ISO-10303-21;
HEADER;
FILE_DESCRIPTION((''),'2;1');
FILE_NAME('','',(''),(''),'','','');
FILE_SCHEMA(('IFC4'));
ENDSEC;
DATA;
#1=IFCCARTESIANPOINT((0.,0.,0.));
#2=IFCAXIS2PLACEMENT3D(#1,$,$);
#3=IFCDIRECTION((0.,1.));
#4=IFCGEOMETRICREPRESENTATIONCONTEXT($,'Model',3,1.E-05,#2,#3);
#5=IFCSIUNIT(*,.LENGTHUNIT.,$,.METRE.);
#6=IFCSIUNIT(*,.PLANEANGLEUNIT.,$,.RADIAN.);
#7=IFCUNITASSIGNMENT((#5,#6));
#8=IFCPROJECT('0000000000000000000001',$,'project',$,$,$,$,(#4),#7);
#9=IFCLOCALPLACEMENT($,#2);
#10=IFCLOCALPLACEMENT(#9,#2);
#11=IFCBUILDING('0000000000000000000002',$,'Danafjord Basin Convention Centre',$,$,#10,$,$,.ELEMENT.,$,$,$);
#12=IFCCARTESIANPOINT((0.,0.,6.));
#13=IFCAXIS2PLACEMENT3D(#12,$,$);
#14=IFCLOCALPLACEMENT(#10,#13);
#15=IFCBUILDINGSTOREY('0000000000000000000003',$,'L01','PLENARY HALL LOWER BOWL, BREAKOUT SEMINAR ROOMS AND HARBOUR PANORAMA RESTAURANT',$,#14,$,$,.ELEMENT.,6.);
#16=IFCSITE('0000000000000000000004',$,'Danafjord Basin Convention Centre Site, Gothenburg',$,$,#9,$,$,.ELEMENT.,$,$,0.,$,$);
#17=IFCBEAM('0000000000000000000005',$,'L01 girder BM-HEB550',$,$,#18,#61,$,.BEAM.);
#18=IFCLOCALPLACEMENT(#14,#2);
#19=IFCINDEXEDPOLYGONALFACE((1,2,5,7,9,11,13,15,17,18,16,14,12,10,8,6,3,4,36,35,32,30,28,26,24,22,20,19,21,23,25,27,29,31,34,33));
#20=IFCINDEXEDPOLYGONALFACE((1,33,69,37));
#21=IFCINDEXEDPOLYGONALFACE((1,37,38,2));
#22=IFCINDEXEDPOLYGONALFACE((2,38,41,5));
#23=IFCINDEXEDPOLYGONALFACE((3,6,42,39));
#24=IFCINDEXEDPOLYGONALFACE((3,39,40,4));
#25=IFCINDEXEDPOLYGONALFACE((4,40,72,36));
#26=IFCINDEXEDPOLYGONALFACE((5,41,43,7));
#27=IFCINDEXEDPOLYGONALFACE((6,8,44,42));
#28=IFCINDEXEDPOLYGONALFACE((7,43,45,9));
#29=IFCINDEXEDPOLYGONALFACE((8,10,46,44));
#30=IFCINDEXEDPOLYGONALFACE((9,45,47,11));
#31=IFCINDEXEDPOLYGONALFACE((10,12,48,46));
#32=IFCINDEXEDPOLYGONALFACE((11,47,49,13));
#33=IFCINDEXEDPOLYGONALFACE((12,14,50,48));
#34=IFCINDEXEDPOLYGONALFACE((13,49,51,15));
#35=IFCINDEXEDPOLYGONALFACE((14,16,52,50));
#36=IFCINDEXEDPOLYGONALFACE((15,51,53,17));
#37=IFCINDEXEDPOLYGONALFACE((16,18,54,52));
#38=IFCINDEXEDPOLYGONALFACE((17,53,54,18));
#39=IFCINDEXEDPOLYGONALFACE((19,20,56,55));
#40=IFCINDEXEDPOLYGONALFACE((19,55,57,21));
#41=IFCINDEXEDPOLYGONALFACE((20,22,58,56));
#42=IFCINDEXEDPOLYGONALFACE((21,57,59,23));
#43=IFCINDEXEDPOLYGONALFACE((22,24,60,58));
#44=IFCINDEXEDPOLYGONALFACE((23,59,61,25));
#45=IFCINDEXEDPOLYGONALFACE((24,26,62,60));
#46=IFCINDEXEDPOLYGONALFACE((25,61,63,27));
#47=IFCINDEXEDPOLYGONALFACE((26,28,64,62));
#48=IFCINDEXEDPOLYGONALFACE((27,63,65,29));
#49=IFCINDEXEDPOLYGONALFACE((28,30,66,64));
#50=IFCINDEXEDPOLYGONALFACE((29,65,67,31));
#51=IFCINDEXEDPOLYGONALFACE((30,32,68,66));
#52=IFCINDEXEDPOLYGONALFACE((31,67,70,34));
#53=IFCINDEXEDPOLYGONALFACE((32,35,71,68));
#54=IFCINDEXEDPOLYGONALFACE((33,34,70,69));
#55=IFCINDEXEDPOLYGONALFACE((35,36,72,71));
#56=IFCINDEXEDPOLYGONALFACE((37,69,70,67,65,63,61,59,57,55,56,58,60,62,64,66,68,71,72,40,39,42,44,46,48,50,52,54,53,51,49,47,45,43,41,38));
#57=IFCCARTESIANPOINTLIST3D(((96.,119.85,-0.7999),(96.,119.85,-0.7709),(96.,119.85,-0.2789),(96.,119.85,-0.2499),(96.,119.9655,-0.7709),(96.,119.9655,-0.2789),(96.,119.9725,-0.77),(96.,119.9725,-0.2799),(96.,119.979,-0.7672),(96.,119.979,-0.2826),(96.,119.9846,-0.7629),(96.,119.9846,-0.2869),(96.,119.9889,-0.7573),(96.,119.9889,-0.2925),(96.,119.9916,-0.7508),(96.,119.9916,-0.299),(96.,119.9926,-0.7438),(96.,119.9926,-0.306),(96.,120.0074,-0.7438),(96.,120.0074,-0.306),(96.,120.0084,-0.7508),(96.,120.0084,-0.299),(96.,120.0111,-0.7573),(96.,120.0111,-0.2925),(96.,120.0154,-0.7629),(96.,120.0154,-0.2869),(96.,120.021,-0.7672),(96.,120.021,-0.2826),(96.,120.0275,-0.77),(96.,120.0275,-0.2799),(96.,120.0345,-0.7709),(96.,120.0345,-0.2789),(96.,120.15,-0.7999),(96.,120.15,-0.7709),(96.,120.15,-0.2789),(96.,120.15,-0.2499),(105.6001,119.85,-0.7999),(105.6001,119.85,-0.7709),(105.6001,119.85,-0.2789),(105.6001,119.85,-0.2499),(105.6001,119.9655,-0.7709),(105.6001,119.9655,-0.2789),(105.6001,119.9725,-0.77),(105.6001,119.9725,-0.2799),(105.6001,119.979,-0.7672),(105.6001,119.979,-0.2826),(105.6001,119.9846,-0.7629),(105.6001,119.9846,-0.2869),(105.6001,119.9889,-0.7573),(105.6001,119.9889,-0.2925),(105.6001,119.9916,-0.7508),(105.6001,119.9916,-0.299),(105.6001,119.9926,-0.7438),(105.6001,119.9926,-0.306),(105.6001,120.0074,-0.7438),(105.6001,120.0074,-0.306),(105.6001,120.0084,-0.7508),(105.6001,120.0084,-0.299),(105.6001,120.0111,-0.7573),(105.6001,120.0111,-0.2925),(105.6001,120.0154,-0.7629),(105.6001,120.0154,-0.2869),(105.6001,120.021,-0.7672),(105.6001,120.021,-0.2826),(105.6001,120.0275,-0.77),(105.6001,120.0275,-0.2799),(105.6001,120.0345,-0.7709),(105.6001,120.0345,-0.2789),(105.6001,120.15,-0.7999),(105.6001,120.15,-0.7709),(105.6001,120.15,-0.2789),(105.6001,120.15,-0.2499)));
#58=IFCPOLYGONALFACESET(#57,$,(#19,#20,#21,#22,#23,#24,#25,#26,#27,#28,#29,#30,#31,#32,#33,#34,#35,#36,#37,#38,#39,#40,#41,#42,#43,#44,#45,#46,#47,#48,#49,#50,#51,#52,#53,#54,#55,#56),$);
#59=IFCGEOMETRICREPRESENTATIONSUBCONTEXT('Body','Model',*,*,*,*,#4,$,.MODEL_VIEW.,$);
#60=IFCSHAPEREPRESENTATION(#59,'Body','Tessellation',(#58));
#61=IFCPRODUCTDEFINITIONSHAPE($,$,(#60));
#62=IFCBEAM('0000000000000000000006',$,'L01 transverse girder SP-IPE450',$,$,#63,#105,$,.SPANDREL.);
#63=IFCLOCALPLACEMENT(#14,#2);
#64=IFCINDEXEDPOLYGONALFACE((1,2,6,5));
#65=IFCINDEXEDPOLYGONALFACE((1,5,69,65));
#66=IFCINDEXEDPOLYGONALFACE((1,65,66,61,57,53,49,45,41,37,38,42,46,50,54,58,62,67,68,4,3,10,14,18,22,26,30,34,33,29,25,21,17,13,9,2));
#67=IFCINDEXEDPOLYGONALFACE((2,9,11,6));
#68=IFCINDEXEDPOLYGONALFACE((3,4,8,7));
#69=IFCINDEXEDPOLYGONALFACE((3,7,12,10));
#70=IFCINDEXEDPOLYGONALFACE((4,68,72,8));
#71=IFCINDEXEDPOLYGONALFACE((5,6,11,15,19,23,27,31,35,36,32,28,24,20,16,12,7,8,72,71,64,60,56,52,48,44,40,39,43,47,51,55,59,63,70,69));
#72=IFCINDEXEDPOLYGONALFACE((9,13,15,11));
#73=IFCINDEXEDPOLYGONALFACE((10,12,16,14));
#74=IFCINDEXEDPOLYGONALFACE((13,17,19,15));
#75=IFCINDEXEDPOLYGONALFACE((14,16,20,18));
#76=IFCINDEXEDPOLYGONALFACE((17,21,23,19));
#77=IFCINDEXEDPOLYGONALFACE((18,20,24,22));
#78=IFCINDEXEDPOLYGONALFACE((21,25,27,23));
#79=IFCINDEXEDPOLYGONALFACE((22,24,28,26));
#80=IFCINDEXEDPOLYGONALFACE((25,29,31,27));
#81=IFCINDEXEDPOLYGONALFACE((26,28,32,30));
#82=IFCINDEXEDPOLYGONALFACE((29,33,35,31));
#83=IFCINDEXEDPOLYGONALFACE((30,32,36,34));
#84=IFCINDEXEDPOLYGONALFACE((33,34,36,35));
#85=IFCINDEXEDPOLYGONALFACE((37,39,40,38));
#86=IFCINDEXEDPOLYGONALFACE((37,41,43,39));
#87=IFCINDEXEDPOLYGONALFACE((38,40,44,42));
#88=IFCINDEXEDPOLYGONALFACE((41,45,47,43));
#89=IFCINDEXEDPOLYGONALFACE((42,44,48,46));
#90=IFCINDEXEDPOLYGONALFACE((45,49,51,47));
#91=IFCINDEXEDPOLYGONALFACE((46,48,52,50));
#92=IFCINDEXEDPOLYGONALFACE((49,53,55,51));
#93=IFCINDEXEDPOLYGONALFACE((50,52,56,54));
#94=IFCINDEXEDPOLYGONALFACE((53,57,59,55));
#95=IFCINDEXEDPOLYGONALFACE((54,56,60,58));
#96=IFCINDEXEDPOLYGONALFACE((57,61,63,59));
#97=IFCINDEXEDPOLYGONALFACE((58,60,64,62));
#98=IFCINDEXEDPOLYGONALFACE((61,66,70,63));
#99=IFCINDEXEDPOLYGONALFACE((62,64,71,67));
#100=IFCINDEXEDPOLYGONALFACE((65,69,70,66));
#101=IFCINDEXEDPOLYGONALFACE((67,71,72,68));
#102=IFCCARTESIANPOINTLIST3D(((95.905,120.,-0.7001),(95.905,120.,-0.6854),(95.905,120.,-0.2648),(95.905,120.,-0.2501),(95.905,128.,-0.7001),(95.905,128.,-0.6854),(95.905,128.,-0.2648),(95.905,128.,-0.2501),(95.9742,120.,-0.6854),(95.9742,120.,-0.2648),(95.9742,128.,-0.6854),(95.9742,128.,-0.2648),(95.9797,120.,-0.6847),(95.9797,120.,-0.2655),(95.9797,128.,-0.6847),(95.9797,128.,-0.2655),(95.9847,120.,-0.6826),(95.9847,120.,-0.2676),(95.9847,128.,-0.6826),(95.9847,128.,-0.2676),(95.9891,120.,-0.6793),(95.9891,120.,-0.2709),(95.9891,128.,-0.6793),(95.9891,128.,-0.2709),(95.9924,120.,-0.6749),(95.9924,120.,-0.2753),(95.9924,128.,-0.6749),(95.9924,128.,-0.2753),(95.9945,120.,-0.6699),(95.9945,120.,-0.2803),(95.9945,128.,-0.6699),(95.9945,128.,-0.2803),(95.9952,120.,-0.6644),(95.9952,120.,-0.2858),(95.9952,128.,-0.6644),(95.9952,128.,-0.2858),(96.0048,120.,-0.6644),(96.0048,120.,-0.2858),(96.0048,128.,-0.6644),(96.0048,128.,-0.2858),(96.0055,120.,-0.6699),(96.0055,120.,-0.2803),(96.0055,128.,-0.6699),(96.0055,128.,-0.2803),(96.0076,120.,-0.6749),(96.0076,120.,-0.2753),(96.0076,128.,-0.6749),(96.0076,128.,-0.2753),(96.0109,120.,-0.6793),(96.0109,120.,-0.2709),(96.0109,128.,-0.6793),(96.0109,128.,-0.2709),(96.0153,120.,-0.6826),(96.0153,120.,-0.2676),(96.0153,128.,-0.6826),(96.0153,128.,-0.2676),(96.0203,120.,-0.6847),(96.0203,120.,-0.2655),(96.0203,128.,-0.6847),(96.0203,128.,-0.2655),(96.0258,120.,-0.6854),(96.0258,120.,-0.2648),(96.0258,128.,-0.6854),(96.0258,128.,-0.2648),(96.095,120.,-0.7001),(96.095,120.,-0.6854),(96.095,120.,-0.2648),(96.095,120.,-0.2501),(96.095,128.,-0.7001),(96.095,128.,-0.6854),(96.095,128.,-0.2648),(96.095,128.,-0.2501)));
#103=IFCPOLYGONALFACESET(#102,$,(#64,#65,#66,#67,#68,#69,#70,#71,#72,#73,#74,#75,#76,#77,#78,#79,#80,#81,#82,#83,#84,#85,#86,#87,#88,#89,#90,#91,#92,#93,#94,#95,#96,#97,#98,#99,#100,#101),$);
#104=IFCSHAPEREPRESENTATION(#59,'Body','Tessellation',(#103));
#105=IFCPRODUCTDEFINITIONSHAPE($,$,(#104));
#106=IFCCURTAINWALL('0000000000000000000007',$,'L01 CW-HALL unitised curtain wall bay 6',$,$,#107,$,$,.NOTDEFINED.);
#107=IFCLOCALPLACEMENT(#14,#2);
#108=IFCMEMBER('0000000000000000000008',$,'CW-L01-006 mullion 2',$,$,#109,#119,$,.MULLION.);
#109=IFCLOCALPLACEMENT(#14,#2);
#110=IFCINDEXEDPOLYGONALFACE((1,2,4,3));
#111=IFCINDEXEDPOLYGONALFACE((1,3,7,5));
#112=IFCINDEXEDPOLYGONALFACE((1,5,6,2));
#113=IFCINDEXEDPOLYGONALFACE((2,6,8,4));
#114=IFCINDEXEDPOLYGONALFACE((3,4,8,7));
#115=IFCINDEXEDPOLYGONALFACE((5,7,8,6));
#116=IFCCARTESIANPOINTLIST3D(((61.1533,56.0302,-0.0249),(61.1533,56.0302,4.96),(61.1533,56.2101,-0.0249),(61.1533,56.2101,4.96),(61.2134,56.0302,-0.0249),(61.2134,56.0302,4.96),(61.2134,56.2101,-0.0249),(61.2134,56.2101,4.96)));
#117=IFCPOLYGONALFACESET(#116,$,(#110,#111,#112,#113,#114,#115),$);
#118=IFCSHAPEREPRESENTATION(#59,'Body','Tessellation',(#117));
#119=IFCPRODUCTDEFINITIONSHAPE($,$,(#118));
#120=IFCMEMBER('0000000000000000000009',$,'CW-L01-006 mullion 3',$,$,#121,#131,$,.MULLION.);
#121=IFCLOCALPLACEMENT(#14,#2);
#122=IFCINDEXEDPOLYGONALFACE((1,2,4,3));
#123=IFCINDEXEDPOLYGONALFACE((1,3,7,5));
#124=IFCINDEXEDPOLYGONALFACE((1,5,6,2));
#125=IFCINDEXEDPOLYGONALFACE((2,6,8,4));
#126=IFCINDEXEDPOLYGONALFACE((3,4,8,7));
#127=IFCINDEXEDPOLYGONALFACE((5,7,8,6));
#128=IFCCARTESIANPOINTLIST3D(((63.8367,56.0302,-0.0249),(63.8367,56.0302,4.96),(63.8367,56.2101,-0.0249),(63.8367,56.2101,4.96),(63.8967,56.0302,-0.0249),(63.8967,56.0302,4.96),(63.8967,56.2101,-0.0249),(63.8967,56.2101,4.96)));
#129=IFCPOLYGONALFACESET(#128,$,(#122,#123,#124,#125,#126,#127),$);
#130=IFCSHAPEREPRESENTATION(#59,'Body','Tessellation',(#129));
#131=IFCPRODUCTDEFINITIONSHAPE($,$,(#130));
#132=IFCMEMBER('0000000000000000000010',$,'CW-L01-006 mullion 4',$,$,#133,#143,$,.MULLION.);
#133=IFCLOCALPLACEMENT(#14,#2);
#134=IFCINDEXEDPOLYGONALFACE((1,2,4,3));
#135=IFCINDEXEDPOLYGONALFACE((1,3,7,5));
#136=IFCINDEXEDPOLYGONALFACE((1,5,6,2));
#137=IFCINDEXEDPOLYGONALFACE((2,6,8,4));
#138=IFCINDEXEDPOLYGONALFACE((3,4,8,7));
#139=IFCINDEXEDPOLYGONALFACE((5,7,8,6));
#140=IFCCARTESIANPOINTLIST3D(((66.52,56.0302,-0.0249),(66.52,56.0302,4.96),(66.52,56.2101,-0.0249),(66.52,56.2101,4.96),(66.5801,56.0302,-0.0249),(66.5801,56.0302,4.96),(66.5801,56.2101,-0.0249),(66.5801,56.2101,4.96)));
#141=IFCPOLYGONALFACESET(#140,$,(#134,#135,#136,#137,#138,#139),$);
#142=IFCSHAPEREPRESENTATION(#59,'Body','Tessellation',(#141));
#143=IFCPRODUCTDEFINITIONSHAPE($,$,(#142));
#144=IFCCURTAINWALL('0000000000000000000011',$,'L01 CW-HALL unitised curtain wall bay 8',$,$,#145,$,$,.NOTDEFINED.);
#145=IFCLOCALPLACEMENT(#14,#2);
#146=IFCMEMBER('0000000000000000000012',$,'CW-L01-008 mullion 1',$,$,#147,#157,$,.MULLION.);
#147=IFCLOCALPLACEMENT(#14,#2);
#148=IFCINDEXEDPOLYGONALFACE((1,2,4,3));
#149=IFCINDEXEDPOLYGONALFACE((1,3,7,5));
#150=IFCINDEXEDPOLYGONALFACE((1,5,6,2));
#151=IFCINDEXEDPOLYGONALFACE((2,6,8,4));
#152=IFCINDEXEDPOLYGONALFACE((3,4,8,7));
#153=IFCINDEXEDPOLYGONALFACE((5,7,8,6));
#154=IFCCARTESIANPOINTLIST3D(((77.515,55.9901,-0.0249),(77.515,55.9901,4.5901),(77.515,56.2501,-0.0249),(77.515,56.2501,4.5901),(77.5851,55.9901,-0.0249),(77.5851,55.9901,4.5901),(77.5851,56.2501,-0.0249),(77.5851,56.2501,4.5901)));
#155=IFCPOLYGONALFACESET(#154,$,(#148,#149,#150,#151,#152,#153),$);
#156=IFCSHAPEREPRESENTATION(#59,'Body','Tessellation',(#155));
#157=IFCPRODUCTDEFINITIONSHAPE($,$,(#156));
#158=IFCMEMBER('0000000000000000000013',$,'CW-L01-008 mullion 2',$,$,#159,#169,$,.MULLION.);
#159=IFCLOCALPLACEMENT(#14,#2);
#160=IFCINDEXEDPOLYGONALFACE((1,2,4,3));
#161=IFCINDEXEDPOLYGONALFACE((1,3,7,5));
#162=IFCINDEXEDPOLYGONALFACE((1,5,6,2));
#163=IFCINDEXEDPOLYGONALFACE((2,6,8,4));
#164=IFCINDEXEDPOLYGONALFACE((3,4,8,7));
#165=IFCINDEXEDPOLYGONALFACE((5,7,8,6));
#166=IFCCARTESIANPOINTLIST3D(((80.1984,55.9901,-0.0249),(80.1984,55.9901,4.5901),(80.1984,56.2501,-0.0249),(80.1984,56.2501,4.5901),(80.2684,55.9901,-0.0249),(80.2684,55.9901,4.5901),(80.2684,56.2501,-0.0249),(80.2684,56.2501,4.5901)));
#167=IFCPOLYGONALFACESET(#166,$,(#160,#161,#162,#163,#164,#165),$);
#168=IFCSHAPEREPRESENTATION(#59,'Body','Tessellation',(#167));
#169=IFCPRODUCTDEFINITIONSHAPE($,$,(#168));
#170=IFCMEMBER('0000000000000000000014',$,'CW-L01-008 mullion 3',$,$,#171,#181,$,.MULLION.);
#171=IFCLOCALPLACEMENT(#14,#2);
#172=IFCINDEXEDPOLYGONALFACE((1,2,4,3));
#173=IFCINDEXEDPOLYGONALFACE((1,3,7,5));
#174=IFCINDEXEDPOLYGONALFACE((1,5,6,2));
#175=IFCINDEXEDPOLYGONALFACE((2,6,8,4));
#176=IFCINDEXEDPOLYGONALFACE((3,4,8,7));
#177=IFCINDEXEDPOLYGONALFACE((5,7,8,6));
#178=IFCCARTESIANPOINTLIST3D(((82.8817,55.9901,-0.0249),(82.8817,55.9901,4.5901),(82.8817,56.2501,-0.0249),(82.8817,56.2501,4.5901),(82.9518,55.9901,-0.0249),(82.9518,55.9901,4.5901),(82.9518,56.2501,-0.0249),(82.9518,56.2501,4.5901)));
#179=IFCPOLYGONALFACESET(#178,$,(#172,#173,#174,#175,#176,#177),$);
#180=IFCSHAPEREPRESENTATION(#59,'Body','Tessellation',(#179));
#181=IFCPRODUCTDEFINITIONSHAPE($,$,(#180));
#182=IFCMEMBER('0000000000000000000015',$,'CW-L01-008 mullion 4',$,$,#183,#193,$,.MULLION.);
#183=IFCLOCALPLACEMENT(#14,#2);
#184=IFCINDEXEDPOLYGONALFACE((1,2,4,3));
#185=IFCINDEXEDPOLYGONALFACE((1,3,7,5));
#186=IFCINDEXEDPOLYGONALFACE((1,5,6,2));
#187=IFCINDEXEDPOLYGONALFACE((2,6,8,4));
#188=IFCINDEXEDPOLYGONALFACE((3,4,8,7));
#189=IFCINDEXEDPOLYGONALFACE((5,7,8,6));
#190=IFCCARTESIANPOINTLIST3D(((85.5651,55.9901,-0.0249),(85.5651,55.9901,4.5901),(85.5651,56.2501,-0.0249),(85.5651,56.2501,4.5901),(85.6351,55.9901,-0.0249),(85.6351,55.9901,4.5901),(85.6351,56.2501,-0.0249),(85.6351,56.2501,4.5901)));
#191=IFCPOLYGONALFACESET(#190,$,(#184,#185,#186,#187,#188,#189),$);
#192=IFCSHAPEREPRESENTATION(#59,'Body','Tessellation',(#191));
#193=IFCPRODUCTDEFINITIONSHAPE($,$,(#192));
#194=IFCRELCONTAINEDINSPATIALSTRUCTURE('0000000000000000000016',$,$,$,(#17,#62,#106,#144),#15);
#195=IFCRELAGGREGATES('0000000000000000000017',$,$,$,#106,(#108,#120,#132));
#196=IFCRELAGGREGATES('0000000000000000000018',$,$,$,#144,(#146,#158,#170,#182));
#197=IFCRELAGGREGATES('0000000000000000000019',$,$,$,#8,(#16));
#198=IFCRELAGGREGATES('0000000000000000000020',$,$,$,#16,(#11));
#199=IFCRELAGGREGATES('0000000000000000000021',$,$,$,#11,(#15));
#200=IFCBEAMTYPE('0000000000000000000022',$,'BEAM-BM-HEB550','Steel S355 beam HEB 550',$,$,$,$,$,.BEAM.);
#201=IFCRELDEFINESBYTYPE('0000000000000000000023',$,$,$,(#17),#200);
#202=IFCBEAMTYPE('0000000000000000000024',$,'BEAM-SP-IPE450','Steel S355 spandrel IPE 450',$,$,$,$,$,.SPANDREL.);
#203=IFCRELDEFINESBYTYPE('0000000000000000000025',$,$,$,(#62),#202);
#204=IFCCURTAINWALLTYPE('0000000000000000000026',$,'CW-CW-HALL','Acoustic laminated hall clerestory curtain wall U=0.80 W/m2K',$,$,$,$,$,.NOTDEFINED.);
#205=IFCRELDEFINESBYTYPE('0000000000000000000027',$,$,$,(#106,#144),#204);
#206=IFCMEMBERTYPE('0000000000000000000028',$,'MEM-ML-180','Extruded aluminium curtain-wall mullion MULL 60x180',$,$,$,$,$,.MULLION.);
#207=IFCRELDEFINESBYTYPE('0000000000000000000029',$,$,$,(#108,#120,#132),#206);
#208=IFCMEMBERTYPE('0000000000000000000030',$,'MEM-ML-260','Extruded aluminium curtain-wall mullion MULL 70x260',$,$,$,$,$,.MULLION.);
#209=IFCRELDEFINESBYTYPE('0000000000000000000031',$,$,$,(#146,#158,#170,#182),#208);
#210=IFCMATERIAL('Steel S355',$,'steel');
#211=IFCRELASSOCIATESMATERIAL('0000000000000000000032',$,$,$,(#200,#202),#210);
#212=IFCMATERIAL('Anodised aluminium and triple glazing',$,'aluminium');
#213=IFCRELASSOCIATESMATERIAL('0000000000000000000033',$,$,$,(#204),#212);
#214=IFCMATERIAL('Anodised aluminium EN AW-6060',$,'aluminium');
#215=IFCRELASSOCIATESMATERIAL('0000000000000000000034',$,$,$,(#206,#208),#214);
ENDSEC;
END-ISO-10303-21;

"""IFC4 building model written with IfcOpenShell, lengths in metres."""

from ifc_helpers import new_model, si_unit, direction, frame, origin, origin_2d, place, context, subcontext, project, spatial, rectangle, i_section, extrude, material, material_profile, profile_set, type_object, element, aggregate, save


model = new_model("IFC4")

# Units and contexts
model_context = context("Model", 3, precision=1e-05, world=origin(), true_north=direction((0.0, 1.0)))
body_context = subcontext(model_context, "Body", "Model", "MODEL_VIEW")
ifc_project = project(units=[si_unit("LENGTHUNIT", "METRE"), si_unit("PLANEANGLEUNIT", "RADIAN")], contexts=[model_context])

# Site, building, storey
site_placement = place(None, origin())
site = spatial("IfcSite", under=ifc_project, at=site_placement, Name="Danafjord Basin Convention Centre Site, Gothenburg", CompositionType="ELEMENT", RefElevation=0.0)
building_placement = place(site_placement, origin())
building = spatial("IfcBuilding", under=site, at=building_placement, Name="Danafjord Basin Convention Centre", CompositionType="ELEMENT")
storey_placement = place(building_placement, frame((0.0, 0.0, 6.0)))
storey = spatial("IfcBuildingStorey", under=building, at=storey_placement, Name="L01", Description="PLENARY HALL LOWER BOWL, BREAKOUT SEMINAR ROOMS AND HARBOUR PANORAMA RESTAURANT", CompositionType="ELEMENT", Elevation=6.0)

# Shared definitions
ifc_material_1 = material(Name="Steel S355", Category="steel")

# Beams
ifc_material_profile_1 = material_profile(ifc_material_1, i_section(OverallWidth=0.3, OverallDepth=0.55, WebThickness=0.0149, FlangeThickness=0.0291, FilletRadius=0.0271, at=origin_2d()), Name="HEB 550")
ifc_profile_set_1 = profile_set([ifc_material_profile_1], Name="Steel S355")
beam_type_1 = type_object("IfcBeamType", Name="BEAM-BM-HEB550", Description="Steel S355 beam HEB 550", PredefinedType="BEAM", material=ifc_profile_set_1)
beam_1_placement = place(storey_placement, frame((96.0, 120.0, -0.5249), z_axis=(1.0, 0.0, 0.0), x_axis=(0.0, 1.0, 0.0)))
element("IfcBeam", 1, at=beam_1_placement, inside=storey, type_object=beam_type_1, Name="L01 girder BM-HEB550", PredefinedType="BEAM", context=body_context, shape_type="SweptSolid", body=[
    extrude(i_section(OverallWidth=0.3, OverallDepth=0.55, WebThickness=0.0149, FlangeThickness=0.0291, FilletRadius=0.0271, at=origin_2d()), origin(), (0.0, 0.0, 1.0), 9.6001),
])
ifc_material_profile_2 = material_profile(ifc_material_1, i_section(OverallWidth=0.1899, OverallDepth=0.45, WebThickness=0.0095, FlangeThickness=0.0146, FilletRadius=0.021, at=origin_2d()), Name="IPE 450")
ifc_profile_set_2 = profile_set([ifc_material_profile_2], Name="Steel S355")
beam_type_2 = type_object("IfcBeamType", Name="BEAM-SP-IPE450", Description="Steel S355 spandrel IPE 450", PredefinedType="SPANDREL", material=ifc_profile_set_2)
beam_2_placement = place(storey_placement, frame((96.0, 120.0, -0.4751), z_axis=(0.0, 1.0, 0.0), x_axis=(-1.0, 0.0, 0.0)))
element("IfcBeam", 2, at=beam_2_placement, inside=storey, type_object=beam_type_2, Name="L01 transverse girder SP-IPE450", PredefinedType="SPANDREL", context=body_context, shape_type="SweptSolid", body=[
    extrude(i_section(OverallWidth=0.1899, OverallDepth=0.45, WebThickness=0.0095, FlangeThickness=0.0146, FilletRadius=0.021, at=origin_2d()), origin(), (0.0, 0.0, 1.0), 8.0),
])

# Curtain walls, members
ifc_material_2 = material(Name="Anodised aluminium and triple glazing", Category="aluminium")
curtain_wall_type = type_object("IfcCurtainWallType", Name="CW-CW-HALL", Description="Acoustic laminated hall clerestory curtain wall U=0.80 W/m2K", PredefinedType="NOTDEFINED", material=ifc_material_2)
curtain_wall_1_placement = place(storey_placement, origin())
curtain_wall_1 = element("IfcCurtainWall", 3, at=curtain_wall_1_placement, inside=storey, type_object=curtain_wall_type, Name="L01 CW-HALL unitised curtain wall bay 6", PredefinedType="NOTDEFINED")
ifc_material_3 = material(Name="Anodised aluminium EN AW-6060", Category="aluminium")
ifc_material_profile_3 = material_profile(ifc_material_3, rectangle(XDim=0.0601, YDim=0.1799, at=origin_2d()), Name="MULL 60x180")
ifc_profile_set_3 = profile_set([ifc_material_profile_3], Name="Anodised aluminium EN AW-6060")
member_type_1 = type_object("IfcMemberType", Name="MEM-ML-180", Description="Extruded aluminium curtain-wall mullion MULL 60x180", PredefinedType="MULLION", material=ifc_profile_set_3)
member_1_placement = place(storey_placement, frame((61.1833, 56.1201, -0.0249), z_axis=(0.0, 0.0, 1.0), x_axis=(1.0, 0.0, 0.0)))
member_1 = element("IfcMember", 4, at=member_1_placement, type_object=member_type_1, Name="CW-L01-006 mullion 2", PredefinedType="MULLION", context=body_context, shape_type="SweptSolid", body=[
    extrude(rectangle(XDim=0.0601, YDim=0.1799, at=origin_2d()), origin(), (0.0, 0.0, 1.0), 4.9849),
])
member_2_placement = place(storey_placement, frame((63.8667, 56.1201, -0.0249), z_axis=(0.0, 0.0, 1.0), x_axis=(1.0, 0.0, 0.0)))
member_2 = element("IfcMember", 5, at=member_2_placement, type_object=member_type_1, Name="CW-L01-006 mullion 3", PredefinedType="MULLION", context=body_context, shape_type="SweptSolid", body=[
    extrude(rectangle(XDim=0.0601, YDim=0.1799, at=origin_2d()), origin(), (0.0, 0.0, 1.0), 4.9849),
])
member_3_placement = place(storey_placement, frame((66.55, 56.1201, -0.0249), z_axis=(0.0, 0.0, 1.0), x_axis=(1.0, 0.0, 0.0)))
member_3 = element("IfcMember", 6, at=member_3_placement, type_object=member_type_1, Name="CW-L01-006 mullion 4", PredefinedType="MULLION", context=body_context, shape_type="SweptSolid", body=[
    extrude(rectangle(XDim=0.0601, YDim=0.1799, at=origin_2d()), origin(), (0.0, 0.0, 1.0), 4.9849),
])
curtain_wall_2_placement = place(storey_placement, origin())
curtain_wall_2 = element("IfcCurtainWall", 7, at=curtain_wall_2_placement, inside=storey, type_object=curtain_wall_type, Name="L01 CW-HALL unitised curtain wall bay 8", PredefinedType="NOTDEFINED")
ifc_material_profile_4 = material_profile(ifc_material_3, rectangle(XDim=0.0701, YDim=0.26, at=origin_2d()), Name="MULL 70x260")
ifc_profile_set_4 = profile_set([ifc_material_profile_4], Name="Anodised aluminium EN AW-6060")
member_type_2 = type_object("IfcMemberType", Name="MEM-ML-260", Description="Extruded aluminium curtain-wall mullion MULL 70x260", PredefinedType="MULLION", material=ifc_profile_set_4)
member_4_placement = place(storey_placement, frame((77.55, 56.1201, -0.0249), z_axis=(0.0, 0.0, 1.0), x_axis=(1.0, 0.0, 0.0)))
member_4 = element("IfcMember", 8, at=member_4_placement, type_object=member_type_2, Name="CW-L01-008 mullion 1", PredefinedType="MULLION", context=body_context, shape_type="SweptSolid", body=[
    extrude(rectangle(XDim=0.0701, YDim=0.26, at=origin_2d()), origin(), (0.0, 0.0, 1.0), 4.615),
])
member_5_placement = place(storey_placement, frame((80.2334, 56.1201, -0.0249), z_axis=(0.0, 0.0, 1.0), x_axis=(1.0, 0.0, 0.0)))
member_5 = element("IfcMember", 9, at=member_5_placement, type_object=member_type_2, Name="CW-L01-008 mullion 2", PredefinedType="MULLION", context=body_context, shape_type="SweptSolid", body=[
    extrude(rectangle(XDim=0.0701, YDim=0.26, at=origin_2d()), origin(), (0.0, 0.0, 1.0), 4.615),
])
member_6_placement = place(storey_placement, frame((82.9167, 56.1201, -0.0249), z_axis=(0.0, 0.0, 1.0), x_axis=(1.0, 0.0, 0.0)))
member_6 = element("IfcMember", 10, at=member_6_placement, type_object=member_type_2, Name="CW-L01-008 mullion 3", PredefinedType="MULLION", context=body_context, shape_type="SweptSolid", body=[
    extrude(rectangle(XDim=0.0701, YDim=0.26, at=origin_2d()), origin(), (0.0, 0.0, 1.0), 4.615),
])
member_7_placement = place(storey_placement, frame((85.6001, 56.1201, -0.0249), z_axis=(0.0, 0.0, 1.0), x_axis=(1.0, 0.0, 0.0)))
member_7 = element("IfcMember", 11, at=member_7_placement, type_object=member_type_2, Name="CW-L01-008 mullion 4", PredefinedType="MULLION", context=body_context, shape_type="SweptSolid", body=[
    extrude(rectangle(XDim=0.0701, YDim=0.26, at=origin_2d()), origin(), (0.0, 0.0, 1.0), 4.615),
])

aggregate(curtain_wall_1, [member_1, member_2, member_3])
aggregate(curtain_wall_2, [member_4, member_5, member_6, member_7])

save(model, "model.ifc")
